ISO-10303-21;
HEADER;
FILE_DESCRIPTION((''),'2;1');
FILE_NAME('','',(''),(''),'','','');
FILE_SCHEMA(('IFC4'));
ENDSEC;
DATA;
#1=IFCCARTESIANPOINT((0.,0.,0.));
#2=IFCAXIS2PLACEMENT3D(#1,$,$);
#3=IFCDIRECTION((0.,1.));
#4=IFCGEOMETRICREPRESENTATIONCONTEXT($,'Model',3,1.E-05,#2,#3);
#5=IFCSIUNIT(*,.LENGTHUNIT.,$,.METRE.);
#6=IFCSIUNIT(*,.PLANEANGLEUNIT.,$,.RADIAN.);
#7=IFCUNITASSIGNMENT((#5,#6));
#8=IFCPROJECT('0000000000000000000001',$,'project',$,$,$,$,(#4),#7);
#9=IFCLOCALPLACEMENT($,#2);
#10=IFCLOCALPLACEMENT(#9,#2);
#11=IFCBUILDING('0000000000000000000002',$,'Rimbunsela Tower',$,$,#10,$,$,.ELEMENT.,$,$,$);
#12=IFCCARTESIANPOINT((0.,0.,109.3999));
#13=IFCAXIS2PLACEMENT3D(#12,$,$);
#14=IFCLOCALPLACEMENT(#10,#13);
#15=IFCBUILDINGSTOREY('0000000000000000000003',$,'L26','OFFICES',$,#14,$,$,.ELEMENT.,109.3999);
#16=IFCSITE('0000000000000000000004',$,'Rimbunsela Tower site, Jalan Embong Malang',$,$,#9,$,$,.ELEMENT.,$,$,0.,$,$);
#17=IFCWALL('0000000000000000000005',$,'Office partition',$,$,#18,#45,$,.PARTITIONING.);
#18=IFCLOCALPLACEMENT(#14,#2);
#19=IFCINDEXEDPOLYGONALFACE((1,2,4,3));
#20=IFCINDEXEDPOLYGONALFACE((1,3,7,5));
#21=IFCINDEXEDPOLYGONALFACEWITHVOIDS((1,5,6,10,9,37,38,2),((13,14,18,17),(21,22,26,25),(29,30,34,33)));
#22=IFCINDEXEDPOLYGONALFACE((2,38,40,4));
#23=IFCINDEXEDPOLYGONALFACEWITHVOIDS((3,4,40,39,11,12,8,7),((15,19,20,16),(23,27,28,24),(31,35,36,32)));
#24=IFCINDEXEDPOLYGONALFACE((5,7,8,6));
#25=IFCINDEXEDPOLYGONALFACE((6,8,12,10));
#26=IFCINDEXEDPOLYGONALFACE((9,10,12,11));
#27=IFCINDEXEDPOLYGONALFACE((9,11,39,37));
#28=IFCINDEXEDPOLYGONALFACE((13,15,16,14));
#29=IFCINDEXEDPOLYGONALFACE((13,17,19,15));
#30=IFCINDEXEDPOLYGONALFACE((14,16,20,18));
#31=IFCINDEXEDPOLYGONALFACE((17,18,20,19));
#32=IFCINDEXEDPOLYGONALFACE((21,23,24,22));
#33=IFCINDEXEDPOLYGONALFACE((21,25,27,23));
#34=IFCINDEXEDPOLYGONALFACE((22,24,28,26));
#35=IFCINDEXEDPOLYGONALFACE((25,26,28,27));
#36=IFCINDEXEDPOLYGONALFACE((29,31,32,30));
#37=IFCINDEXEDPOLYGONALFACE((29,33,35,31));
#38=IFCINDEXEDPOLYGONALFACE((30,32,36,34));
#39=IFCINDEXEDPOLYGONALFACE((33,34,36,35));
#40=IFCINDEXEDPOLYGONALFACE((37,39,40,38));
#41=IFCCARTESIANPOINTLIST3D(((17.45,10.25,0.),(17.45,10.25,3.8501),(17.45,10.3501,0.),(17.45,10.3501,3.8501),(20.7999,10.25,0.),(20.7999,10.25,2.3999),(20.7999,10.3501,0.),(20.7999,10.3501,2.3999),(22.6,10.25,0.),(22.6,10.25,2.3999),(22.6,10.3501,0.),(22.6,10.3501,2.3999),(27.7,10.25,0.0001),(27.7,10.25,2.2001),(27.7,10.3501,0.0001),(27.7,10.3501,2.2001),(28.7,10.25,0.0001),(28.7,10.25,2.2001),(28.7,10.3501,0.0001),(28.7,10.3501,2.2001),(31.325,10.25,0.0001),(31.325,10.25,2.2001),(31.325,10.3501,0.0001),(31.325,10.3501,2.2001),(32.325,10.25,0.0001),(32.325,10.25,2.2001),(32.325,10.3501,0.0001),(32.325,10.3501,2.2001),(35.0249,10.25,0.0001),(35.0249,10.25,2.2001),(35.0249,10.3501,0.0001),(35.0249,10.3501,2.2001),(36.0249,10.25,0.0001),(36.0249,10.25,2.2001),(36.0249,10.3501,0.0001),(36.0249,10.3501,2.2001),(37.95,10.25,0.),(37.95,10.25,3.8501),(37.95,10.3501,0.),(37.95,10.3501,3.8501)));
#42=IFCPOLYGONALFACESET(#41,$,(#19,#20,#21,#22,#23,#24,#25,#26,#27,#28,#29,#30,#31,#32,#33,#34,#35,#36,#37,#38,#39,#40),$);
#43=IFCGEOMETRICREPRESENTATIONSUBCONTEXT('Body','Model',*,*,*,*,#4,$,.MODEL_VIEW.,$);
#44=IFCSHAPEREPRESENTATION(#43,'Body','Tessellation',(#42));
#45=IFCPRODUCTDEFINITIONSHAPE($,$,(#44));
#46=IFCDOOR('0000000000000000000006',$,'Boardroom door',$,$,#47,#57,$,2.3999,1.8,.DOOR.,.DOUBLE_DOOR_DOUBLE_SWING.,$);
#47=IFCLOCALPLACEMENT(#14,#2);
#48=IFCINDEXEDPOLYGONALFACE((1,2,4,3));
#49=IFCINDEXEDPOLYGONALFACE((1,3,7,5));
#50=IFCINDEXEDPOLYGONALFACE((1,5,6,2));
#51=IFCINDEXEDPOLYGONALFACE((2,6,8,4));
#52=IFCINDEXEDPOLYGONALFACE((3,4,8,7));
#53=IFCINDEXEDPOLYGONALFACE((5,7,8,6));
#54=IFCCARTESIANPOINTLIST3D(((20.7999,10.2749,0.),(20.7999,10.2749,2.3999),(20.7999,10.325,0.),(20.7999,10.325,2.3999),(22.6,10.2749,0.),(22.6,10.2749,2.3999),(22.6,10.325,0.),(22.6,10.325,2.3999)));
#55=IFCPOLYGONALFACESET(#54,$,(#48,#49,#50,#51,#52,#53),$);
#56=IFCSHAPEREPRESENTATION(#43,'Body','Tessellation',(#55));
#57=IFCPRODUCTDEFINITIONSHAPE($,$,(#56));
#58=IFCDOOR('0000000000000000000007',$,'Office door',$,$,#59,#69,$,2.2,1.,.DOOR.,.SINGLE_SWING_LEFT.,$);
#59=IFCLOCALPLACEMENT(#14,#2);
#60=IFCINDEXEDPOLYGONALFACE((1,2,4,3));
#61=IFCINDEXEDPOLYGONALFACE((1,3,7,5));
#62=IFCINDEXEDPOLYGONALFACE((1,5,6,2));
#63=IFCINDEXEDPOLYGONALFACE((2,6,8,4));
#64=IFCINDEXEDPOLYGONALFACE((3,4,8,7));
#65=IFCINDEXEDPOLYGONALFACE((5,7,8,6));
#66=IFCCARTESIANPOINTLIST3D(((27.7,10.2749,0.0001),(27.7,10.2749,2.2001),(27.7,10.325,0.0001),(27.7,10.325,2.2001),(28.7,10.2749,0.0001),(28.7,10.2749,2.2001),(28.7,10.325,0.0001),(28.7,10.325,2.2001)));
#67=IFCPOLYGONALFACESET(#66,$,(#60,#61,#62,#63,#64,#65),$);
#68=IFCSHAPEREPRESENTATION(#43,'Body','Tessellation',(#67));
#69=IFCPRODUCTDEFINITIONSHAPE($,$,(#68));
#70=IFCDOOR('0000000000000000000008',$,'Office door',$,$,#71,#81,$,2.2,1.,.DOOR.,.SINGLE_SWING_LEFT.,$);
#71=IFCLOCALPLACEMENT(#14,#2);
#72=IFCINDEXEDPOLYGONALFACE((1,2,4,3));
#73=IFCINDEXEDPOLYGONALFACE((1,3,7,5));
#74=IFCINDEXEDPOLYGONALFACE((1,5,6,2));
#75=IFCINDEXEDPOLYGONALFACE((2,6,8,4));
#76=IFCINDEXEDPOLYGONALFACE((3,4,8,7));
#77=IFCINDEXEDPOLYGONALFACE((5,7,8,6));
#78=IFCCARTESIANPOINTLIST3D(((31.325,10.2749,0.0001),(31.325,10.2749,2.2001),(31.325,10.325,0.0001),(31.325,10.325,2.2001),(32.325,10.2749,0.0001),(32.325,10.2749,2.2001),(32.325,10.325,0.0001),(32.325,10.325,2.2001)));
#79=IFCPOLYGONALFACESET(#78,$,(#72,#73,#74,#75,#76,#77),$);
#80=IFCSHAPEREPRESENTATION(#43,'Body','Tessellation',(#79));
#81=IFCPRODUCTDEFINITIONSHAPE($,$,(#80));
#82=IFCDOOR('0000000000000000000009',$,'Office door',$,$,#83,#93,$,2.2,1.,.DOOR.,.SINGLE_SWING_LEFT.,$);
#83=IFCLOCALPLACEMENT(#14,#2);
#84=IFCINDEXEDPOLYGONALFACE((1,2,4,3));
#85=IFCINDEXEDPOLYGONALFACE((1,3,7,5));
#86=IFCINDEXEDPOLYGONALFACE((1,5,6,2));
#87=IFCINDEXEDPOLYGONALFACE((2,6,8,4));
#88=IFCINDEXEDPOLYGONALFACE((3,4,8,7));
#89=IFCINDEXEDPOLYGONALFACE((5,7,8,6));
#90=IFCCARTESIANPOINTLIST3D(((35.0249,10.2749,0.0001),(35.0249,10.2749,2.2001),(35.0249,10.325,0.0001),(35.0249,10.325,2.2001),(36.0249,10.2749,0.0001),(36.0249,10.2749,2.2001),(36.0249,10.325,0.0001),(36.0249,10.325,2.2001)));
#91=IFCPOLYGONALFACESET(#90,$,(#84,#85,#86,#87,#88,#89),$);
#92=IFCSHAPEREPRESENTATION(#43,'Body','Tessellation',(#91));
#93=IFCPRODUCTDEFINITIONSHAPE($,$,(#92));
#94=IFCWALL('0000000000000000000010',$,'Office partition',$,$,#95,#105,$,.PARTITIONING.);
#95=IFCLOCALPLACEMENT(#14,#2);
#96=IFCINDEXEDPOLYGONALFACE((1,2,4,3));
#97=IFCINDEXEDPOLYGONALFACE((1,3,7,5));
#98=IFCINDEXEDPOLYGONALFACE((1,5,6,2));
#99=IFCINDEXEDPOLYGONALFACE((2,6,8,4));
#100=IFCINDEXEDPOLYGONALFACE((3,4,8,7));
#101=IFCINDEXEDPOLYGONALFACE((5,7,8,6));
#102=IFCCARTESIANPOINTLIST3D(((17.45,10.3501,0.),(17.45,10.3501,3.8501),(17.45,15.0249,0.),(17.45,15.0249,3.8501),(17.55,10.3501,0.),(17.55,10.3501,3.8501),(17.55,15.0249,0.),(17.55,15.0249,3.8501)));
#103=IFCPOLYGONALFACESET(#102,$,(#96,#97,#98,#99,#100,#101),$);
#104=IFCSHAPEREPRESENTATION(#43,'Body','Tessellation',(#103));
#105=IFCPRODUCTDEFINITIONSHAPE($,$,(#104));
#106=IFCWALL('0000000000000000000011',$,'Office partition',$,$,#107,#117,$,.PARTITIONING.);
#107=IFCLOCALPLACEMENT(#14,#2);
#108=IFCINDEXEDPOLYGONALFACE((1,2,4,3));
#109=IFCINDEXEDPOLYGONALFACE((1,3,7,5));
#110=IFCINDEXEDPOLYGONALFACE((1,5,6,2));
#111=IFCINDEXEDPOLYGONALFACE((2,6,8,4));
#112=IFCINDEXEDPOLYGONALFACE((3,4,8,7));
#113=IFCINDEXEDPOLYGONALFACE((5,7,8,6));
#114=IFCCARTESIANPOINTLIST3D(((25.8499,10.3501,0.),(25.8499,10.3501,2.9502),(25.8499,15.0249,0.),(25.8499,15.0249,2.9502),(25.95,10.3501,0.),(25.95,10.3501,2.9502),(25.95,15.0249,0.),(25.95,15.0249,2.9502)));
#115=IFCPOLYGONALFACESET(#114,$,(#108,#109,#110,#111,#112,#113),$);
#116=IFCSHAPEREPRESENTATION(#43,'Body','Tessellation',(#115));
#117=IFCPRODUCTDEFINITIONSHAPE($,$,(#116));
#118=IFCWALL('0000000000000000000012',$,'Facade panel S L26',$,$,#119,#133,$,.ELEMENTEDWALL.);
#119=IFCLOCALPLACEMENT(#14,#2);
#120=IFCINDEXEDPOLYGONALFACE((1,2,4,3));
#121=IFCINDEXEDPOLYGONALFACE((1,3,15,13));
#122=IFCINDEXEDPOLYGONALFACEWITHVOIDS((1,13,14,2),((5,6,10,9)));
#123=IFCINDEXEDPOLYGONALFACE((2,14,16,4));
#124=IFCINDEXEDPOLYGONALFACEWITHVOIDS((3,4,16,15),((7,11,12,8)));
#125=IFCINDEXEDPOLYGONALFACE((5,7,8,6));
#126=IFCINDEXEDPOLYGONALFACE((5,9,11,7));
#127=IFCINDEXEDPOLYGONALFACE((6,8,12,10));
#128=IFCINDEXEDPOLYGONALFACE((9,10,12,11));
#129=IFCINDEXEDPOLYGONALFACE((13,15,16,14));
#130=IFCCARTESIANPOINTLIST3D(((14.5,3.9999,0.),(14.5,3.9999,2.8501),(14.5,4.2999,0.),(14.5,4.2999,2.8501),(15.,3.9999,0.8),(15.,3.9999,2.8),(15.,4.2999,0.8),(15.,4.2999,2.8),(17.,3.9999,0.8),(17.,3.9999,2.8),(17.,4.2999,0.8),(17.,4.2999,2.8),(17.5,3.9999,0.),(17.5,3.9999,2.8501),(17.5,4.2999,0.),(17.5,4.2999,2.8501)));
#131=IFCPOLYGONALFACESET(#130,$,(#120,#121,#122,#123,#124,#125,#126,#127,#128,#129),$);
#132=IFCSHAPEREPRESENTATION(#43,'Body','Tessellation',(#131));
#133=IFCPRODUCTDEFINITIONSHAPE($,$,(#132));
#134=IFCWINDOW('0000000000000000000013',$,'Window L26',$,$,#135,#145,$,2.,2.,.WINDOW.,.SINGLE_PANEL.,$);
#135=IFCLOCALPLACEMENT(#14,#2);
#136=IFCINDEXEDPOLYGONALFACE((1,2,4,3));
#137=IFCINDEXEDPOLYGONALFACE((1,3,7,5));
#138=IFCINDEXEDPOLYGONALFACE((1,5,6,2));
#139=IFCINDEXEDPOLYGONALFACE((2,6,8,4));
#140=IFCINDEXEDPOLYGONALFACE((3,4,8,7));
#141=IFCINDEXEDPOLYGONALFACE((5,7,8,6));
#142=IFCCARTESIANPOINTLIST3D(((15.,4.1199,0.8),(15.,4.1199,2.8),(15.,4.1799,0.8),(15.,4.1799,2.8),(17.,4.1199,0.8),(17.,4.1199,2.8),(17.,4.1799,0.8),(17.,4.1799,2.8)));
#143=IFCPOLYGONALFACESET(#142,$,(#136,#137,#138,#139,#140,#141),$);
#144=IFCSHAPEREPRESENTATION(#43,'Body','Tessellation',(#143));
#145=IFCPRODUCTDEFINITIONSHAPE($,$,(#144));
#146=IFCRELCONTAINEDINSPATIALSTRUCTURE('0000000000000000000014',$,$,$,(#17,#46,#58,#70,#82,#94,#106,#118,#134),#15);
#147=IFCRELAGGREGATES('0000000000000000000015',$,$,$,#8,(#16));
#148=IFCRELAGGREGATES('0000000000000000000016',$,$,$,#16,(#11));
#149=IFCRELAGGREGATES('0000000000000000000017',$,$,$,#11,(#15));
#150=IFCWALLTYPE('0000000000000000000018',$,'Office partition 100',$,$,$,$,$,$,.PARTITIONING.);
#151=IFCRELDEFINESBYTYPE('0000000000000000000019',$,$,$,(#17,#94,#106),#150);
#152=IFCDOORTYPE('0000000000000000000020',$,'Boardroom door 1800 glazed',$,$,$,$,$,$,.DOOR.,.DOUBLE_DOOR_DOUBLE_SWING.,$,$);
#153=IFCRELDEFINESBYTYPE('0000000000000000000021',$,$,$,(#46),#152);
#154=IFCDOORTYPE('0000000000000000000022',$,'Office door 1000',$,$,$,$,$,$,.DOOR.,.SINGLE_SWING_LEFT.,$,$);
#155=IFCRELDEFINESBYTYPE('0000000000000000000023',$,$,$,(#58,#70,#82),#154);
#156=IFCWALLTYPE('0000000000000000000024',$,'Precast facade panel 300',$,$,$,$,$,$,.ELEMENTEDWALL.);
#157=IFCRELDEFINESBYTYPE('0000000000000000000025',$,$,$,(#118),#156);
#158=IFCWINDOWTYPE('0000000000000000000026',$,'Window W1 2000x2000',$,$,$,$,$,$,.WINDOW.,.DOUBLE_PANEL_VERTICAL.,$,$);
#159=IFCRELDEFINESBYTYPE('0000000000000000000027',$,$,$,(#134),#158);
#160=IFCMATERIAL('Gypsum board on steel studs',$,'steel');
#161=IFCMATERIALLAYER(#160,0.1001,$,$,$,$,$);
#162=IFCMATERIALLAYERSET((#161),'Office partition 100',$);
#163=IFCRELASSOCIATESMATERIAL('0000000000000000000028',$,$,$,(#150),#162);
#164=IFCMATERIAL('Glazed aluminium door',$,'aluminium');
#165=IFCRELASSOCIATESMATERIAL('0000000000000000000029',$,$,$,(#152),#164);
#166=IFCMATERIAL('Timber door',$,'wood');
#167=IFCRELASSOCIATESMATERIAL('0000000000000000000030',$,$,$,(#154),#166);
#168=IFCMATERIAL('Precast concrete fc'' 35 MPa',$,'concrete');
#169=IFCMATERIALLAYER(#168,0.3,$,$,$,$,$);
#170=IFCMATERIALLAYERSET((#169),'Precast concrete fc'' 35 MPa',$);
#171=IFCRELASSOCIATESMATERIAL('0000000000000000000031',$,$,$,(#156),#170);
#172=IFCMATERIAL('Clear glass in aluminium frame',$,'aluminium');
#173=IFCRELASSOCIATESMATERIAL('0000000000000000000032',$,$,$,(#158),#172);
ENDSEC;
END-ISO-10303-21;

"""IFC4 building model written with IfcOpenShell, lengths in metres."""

from ifc_helpers import new_model, si_unit, direction, frame, frame_2d, origin, place, context, subcontext, project, spatial, rectangle, extrude, material, layer, layer_set, type_object, element, fill, save


model = new_model("IFC4")

# Units and contexts
model_context = context("Model", 3, precision=1e-05, world=origin(), true_north=direction((0.0, 1.0)))
body_context = subcontext(model_context, "Body", "Model", "MODEL_VIEW")
ifc_project = project(units=[si_unit("LENGTHUNIT", "METRE"), si_unit("PLANEANGLEUNIT", "RADIAN")], contexts=[model_context])

# Site, building, storey
site_placement = place(None, origin())
site = spatial("IfcSite", under=ifc_project, at=site_placement, Name="Rimbunsela Tower site, Jalan Embong Malang", CompositionType="ELEMENT", RefElevation=0.0)
building_placement = place(site_placement, origin())
building = spatial("IfcBuilding", under=site, at=building_placement, Name="Rimbunsela Tower", CompositionType="ELEMENT")
storey_placement = place(building_placement, frame((0.0, 0.0, 109.3999)))
storey = spatial("IfcBuildingStorey", under=building, at=storey_placement, Name="L26", Description="OFFICES", CompositionType="ELEMENT", Elevation=109.3999)

# Wall, openings, doors
ifc_material_1 = material(Name="Gypsum board on steel studs", Category="steel")
ifc_layer_1 = layer(ifc_material_1, 0.1001)
ifc_layer_set_1 = layer_set([ifc_layer_1], Name="Office partition 100")
wall_type_1 = type_object("IfcWallType", Name="Office partition 100", PredefinedType="PARTITIONING", material=ifc_layer_set_1)
wall_1_placement = place(storey_placement, frame((17.45, 10.3, 0.0), z_axis=(0.0, 0.0, 1.0), x_axis=(1.0, 0.0, 0.0)))
wall_1 = element("IfcWall", 1, at=wall_1_placement, inside=storey, type_object=wall_type_1, Name="Office partition", PredefinedType="PARTITIONING", context=body_context, shape_type="SweptSolid", body=[
    extrude(rectangle(XDim=20.5, YDim=0.1001, at=frame_2d((10.25, 0.0))), origin(), (0.0, 0.0, 1.0), 3.8501),
])
opening_1_placement = place(wall_1_placement, frame((3.3501, 0.0, 0.0)))
opening_1 = element("IfcOpeningElement", 2, at=opening_1_placement, cuts=wall_1, PredefinedType="OPENING", context=body_context, shape_type="SweptSolid", body=[
    extrude(rectangle(XDim=1.8, YDim=2.3999, at=frame_2d((0.8999, 1.2))), frame((0.0, 0.0601, 0.0), z_axis=(0.0, -1.0, 0.0), x_axis=(1.0, 0.0, 0.0)), (0.0, 0.0, 1.0), 0.1201),
])
opening_2_placement = place(wall_1_placement, frame((10.25, 0.0, 0.0)))
opening_2 = element("IfcOpeningElement", 3, at=opening_2_placement, cuts=wall_1, PredefinedType="OPENING", context=body_context, shape_type="SweptSolid", body=[
    extrude(rectangle(XDim=1.0, YDim=2.2, at=frame_2d((0.5, 1.1001))), frame((0.0, 0.0601, 0.0), z_axis=(0.0, -1.0, 0.0), x_axis=(1.0, 0.0, 0.0)), (0.0, 0.0, 1.0), 0.1201),
])
opening_3_placement = place(wall_1_placement, frame((13.875, 0.0, 0.0)))
opening_3 = element("IfcOpeningElement", 4, at=opening_3_placement, cuts=wall_1, PredefinedType="OPENING", context=body_context, shape_type="SweptSolid", body=[
    extrude(rectangle(XDim=1.0, YDim=2.2, at=frame_2d((0.5, 1.1001))), frame((0.0, 0.0601, 0.0), z_axis=(0.0, -1.0, 0.0), x_axis=(1.0, 0.0, 0.0)), (0.0, 0.0, 1.0), 0.1201),
])
opening_4_placement = place(wall_1_placement, frame((17.575, 0.0, 0.0)))
opening_4 = element("IfcOpeningElement", 5, at=opening_4_placement, cuts=wall_1, PredefinedType="OPENING", context=body_context, shape_type="SweptSolid", body=[
    extrude(rectangle(XDim=1.0, YDim=2.2, at=frame_2d((0.5, 1.1001))), frame((0.0, 0.0601, 0.0), z_axis=(0.0, -1.0, 0.0), x_axis=(1.0, 0.0, 0.0)), (0.0, 0.0, 1.0), 0.1201),
])
ifc_material_2 = material(Name="Glazed aluminium door", Category="aluminium")
door_type_1 = type_object("IfcDoorType", Name="Boardroom door 1800 glazed", OperationType="DOUBLE_DOOR_DOUBLE_SWING", PredefinedType="DOOR", material=ifc_material_2)
door_1_placement = place(opening_1_placement, origin())
door_1 = element("IfcDoor", 6, at=door_1_placement, inside=storey, type_object=door_type_1, Name="Boardroom door", OperationType="DOUBLE_DOOR_DOUBLE_SWING", OverallHeight=2.3999, OverallWidth=1.8, PredefinedType="DOOR", context=body_context, shape_type="SweptSolid", body=[
    extrude(rectangle(XDim=1.8, YDim=2.3999, at=frame_2d((0.8999, 1.2))), frame((0.0, 0.0249, 0.0), z_axis=(0.0, -1.0, 0.0), x_axis=(1.0, 0.0, 0.0)), (0.0, 0.0, 1.0), 0.05),
])
fill(opening_1, door_1)
ifc_material_3 = material(Name="Timber door", Category="wood")
door_type_2 = type_object("IfcDoorType", Name="Office door 1000", OperationType="SINGLE_SWING_LEFT", PredefinedType="DOOR", material=ifc_material_3)
door_2_placement = place(opening_2_placement, origin())
door_2 = element("IfcDoor", 7, at=door_2_placement, inside=storey, type_object=door_type_2, Name="Office door", OperationType="SINGLE_SWING_LEFT", OverallHeight=2.2, OverallWidth=1.0, PredefinedType="DOOR", context=body_context, shape_type="SweptSolid", body=[
    extrude(rectangle(XDim=1.0, YDim=2.2, at=frame_2d((0.5, 1.1001))), frame((0.0, 0.0249, 0.0), z_axis=(0.0, -1.0, 0.0), x_axis=(1.0, 0.0, 0.0)), (0.0, 0.0, 1.0), 0.05),
])
fill(opening_2, door_2)
door_3_placement = place(opening_3_placement, origin())
door_3 = element("IfcDoor", 8, at=door_3_placement, inside=storey, type_object=door_type_2, Name="Office door", OperationType="SINGLE_SWING_LEFT", OverallHeight=2.2, OverallWidth=1.0, PredefinedType="DOOR", context=body_context, shape_type="SweptSolid", body=[
    extrude(rectangle(XDim=1.0, YDim=2.2, at=frame_2d((0.5, 1.1001))), frame((0.0, 0.0249, 0.0), z_axis=(0.0, -1.0, 0.0), x_axis=(1.0, 0.0, 0.0)), (0.0, 0.0, 1.0), 0.05),
])
fill(opening_3, door_3)
door_4_placement = place(opening_4_placement, origin())
door_4 = element("IfcDoor", 9, at=door_4_placement, inside=storey, type_object=door_type_2, Name="Office door", OperationType="SINGLE_SWING_LEFT", OverallHeight=2.2, OverallWidth=1.0, PredefinedType="DOOR", context=body_context, shape_type="SweptSolid", body=[
    extrude(rectangle(XDim=1.0, YDim=2.2, at=frame_2d((0.5, 1.1001))), frame((0.0, 0.0249, 0.0), z_axis=(0.0, -1.0, 0.0), x_axis=(1.0, 0.0, 0.0)), (0.0, 0.0, 1.0), 0.05),
])
fill(opening_4, door_4)

# Walls
wall_2_placement = place(storey_placement, frame((17.5, 10.3501, 0.0), z_axis=(0.0, 0.0, 1.0), x_axis=(0.0, 1.0, 0.0)))
element("IfcWall", 10, at=wall_2_placement, inside=storey, type_object=wall_type_1, Name="Office partition", PredefinedType="PARTITIONING", context=body_context, shape_type="SweptSolid", body=[
    extrude(rectangle(XDim=4.6748, YDim=0.1001, at=frame_2d((2.3374, 0.0))), origin(), (0.0, 0.0, 1.0), 3.8501),
])
wall_3_placement = place(storey_placement, frame((25.8999, 10.3501, 0.0), z_axis=(0.0, 0.0, 1.0), x_axis=(0.0, 1.0, 0.0)))
element("IfcWall", 11, at=wall_3_placement, inside=storey, type_object=wall_type_1, Name="Office partition", PredefinedType="PARTITIONING", context=body_context, shape_type="SweptSolid", body=[
    extrude(rectangle(XDim=4.6748, YDim=0.1001, at=frame_2d((2.3374, 0.0))), origin(), (0.0, 0.0, 1.0), 2.9502),
])

# Wall, opening, window
ifc_material_4 = material(Name="Precast concrete fc' 35 MPa", Category="concrete")
ifc_layer_2 = layer(ifc_material_4, 0.3)
ifc_layer_set_2 = layer_set([ifc_layer_2], Name="Precast concrete fc' 35 MPa")
wall_type_2 = type_object("IfcWallType", Name="Precast facade panel 300", PredefinedType="ELEMENTEDWALL", material=ifc_layer_set_2)
wall_4_placement = place(storey_placement, frame((14.5, 4.1499, 0.0), z_axis=(0.0, 0.0, 1.0), x_axis=(1.0, 0.0, 0.0)))
wall_4 = element("IfcWall", 12, at=wall_4_placement, inside=storey, type_object=wall_type_2, Name="Facade panel S L26", PredefinedType="ELEMENTEDWALL", context=body_context, shape_type="SweptSolid", body=[
    extrude(rectangle(XDim=3.0, YDim=0.3, at=frame_2d((1.5, 0.0))), origin(), (0.0, 0.0, 1.0), 2.8501),
])
opening_5_placement = place(wall_4_placement, frame((0.5, 0.0, 0.8)))
opening_5 = element("IfcOpeningElement", 13, at=opening_5_placement, cuts=wall_4, PredefinedType="OPENING", context=body_context, shape_type="SweptSolid", body=[
    extrude(rectangle(XDim=2.0, YDim=2.0, at=frame_2d((1.0, 1.0))), frame((0.0, 0.1599, 0.0), z_axis=(0.0, -1.0, 0.0), x_axis=(1.0, 0.0, 0.0)), (0.0, 0.0, 1.0), 0.3201),
])
ifc_material_5 = material(Name="Clear glass in aluminium frame", Category="aluminium")
window_type_1 = type_object("IfcWindowType", Name="Window W1 2000x2000", PartitioningType="DOUBLE_PANEL_VERTICAL", PredefinedType="WINDOW", material=ifc_material_5)
window_1_placement = place(opening_5_placement, origin())
window_1 = element("IfcWindow", 14, at=window_1_placement, inside=storey, type_object=window_type_1, Name="Window L26", OverallHeight=2.0, OverallWidth=2.0, PartitioningType="SINGLE_PANEL", PredefinedType="WINDOW", context=body_context, shape_type="SweptSolid", body=[
    extrude(rectangle(XDim=2.0, YDim=2.0, at=frame_2d((1.0, 1.0))), frame((0.0, 0.03, 0.0), z_axis=(0.0, -1.0, 0.0), x_axis=(1.0, 0.0, 0.0)), (0.0, 0.0, 1.0), 0.0601),
])
fill(opening_5, window_1)

save(model, "model.ifc")
